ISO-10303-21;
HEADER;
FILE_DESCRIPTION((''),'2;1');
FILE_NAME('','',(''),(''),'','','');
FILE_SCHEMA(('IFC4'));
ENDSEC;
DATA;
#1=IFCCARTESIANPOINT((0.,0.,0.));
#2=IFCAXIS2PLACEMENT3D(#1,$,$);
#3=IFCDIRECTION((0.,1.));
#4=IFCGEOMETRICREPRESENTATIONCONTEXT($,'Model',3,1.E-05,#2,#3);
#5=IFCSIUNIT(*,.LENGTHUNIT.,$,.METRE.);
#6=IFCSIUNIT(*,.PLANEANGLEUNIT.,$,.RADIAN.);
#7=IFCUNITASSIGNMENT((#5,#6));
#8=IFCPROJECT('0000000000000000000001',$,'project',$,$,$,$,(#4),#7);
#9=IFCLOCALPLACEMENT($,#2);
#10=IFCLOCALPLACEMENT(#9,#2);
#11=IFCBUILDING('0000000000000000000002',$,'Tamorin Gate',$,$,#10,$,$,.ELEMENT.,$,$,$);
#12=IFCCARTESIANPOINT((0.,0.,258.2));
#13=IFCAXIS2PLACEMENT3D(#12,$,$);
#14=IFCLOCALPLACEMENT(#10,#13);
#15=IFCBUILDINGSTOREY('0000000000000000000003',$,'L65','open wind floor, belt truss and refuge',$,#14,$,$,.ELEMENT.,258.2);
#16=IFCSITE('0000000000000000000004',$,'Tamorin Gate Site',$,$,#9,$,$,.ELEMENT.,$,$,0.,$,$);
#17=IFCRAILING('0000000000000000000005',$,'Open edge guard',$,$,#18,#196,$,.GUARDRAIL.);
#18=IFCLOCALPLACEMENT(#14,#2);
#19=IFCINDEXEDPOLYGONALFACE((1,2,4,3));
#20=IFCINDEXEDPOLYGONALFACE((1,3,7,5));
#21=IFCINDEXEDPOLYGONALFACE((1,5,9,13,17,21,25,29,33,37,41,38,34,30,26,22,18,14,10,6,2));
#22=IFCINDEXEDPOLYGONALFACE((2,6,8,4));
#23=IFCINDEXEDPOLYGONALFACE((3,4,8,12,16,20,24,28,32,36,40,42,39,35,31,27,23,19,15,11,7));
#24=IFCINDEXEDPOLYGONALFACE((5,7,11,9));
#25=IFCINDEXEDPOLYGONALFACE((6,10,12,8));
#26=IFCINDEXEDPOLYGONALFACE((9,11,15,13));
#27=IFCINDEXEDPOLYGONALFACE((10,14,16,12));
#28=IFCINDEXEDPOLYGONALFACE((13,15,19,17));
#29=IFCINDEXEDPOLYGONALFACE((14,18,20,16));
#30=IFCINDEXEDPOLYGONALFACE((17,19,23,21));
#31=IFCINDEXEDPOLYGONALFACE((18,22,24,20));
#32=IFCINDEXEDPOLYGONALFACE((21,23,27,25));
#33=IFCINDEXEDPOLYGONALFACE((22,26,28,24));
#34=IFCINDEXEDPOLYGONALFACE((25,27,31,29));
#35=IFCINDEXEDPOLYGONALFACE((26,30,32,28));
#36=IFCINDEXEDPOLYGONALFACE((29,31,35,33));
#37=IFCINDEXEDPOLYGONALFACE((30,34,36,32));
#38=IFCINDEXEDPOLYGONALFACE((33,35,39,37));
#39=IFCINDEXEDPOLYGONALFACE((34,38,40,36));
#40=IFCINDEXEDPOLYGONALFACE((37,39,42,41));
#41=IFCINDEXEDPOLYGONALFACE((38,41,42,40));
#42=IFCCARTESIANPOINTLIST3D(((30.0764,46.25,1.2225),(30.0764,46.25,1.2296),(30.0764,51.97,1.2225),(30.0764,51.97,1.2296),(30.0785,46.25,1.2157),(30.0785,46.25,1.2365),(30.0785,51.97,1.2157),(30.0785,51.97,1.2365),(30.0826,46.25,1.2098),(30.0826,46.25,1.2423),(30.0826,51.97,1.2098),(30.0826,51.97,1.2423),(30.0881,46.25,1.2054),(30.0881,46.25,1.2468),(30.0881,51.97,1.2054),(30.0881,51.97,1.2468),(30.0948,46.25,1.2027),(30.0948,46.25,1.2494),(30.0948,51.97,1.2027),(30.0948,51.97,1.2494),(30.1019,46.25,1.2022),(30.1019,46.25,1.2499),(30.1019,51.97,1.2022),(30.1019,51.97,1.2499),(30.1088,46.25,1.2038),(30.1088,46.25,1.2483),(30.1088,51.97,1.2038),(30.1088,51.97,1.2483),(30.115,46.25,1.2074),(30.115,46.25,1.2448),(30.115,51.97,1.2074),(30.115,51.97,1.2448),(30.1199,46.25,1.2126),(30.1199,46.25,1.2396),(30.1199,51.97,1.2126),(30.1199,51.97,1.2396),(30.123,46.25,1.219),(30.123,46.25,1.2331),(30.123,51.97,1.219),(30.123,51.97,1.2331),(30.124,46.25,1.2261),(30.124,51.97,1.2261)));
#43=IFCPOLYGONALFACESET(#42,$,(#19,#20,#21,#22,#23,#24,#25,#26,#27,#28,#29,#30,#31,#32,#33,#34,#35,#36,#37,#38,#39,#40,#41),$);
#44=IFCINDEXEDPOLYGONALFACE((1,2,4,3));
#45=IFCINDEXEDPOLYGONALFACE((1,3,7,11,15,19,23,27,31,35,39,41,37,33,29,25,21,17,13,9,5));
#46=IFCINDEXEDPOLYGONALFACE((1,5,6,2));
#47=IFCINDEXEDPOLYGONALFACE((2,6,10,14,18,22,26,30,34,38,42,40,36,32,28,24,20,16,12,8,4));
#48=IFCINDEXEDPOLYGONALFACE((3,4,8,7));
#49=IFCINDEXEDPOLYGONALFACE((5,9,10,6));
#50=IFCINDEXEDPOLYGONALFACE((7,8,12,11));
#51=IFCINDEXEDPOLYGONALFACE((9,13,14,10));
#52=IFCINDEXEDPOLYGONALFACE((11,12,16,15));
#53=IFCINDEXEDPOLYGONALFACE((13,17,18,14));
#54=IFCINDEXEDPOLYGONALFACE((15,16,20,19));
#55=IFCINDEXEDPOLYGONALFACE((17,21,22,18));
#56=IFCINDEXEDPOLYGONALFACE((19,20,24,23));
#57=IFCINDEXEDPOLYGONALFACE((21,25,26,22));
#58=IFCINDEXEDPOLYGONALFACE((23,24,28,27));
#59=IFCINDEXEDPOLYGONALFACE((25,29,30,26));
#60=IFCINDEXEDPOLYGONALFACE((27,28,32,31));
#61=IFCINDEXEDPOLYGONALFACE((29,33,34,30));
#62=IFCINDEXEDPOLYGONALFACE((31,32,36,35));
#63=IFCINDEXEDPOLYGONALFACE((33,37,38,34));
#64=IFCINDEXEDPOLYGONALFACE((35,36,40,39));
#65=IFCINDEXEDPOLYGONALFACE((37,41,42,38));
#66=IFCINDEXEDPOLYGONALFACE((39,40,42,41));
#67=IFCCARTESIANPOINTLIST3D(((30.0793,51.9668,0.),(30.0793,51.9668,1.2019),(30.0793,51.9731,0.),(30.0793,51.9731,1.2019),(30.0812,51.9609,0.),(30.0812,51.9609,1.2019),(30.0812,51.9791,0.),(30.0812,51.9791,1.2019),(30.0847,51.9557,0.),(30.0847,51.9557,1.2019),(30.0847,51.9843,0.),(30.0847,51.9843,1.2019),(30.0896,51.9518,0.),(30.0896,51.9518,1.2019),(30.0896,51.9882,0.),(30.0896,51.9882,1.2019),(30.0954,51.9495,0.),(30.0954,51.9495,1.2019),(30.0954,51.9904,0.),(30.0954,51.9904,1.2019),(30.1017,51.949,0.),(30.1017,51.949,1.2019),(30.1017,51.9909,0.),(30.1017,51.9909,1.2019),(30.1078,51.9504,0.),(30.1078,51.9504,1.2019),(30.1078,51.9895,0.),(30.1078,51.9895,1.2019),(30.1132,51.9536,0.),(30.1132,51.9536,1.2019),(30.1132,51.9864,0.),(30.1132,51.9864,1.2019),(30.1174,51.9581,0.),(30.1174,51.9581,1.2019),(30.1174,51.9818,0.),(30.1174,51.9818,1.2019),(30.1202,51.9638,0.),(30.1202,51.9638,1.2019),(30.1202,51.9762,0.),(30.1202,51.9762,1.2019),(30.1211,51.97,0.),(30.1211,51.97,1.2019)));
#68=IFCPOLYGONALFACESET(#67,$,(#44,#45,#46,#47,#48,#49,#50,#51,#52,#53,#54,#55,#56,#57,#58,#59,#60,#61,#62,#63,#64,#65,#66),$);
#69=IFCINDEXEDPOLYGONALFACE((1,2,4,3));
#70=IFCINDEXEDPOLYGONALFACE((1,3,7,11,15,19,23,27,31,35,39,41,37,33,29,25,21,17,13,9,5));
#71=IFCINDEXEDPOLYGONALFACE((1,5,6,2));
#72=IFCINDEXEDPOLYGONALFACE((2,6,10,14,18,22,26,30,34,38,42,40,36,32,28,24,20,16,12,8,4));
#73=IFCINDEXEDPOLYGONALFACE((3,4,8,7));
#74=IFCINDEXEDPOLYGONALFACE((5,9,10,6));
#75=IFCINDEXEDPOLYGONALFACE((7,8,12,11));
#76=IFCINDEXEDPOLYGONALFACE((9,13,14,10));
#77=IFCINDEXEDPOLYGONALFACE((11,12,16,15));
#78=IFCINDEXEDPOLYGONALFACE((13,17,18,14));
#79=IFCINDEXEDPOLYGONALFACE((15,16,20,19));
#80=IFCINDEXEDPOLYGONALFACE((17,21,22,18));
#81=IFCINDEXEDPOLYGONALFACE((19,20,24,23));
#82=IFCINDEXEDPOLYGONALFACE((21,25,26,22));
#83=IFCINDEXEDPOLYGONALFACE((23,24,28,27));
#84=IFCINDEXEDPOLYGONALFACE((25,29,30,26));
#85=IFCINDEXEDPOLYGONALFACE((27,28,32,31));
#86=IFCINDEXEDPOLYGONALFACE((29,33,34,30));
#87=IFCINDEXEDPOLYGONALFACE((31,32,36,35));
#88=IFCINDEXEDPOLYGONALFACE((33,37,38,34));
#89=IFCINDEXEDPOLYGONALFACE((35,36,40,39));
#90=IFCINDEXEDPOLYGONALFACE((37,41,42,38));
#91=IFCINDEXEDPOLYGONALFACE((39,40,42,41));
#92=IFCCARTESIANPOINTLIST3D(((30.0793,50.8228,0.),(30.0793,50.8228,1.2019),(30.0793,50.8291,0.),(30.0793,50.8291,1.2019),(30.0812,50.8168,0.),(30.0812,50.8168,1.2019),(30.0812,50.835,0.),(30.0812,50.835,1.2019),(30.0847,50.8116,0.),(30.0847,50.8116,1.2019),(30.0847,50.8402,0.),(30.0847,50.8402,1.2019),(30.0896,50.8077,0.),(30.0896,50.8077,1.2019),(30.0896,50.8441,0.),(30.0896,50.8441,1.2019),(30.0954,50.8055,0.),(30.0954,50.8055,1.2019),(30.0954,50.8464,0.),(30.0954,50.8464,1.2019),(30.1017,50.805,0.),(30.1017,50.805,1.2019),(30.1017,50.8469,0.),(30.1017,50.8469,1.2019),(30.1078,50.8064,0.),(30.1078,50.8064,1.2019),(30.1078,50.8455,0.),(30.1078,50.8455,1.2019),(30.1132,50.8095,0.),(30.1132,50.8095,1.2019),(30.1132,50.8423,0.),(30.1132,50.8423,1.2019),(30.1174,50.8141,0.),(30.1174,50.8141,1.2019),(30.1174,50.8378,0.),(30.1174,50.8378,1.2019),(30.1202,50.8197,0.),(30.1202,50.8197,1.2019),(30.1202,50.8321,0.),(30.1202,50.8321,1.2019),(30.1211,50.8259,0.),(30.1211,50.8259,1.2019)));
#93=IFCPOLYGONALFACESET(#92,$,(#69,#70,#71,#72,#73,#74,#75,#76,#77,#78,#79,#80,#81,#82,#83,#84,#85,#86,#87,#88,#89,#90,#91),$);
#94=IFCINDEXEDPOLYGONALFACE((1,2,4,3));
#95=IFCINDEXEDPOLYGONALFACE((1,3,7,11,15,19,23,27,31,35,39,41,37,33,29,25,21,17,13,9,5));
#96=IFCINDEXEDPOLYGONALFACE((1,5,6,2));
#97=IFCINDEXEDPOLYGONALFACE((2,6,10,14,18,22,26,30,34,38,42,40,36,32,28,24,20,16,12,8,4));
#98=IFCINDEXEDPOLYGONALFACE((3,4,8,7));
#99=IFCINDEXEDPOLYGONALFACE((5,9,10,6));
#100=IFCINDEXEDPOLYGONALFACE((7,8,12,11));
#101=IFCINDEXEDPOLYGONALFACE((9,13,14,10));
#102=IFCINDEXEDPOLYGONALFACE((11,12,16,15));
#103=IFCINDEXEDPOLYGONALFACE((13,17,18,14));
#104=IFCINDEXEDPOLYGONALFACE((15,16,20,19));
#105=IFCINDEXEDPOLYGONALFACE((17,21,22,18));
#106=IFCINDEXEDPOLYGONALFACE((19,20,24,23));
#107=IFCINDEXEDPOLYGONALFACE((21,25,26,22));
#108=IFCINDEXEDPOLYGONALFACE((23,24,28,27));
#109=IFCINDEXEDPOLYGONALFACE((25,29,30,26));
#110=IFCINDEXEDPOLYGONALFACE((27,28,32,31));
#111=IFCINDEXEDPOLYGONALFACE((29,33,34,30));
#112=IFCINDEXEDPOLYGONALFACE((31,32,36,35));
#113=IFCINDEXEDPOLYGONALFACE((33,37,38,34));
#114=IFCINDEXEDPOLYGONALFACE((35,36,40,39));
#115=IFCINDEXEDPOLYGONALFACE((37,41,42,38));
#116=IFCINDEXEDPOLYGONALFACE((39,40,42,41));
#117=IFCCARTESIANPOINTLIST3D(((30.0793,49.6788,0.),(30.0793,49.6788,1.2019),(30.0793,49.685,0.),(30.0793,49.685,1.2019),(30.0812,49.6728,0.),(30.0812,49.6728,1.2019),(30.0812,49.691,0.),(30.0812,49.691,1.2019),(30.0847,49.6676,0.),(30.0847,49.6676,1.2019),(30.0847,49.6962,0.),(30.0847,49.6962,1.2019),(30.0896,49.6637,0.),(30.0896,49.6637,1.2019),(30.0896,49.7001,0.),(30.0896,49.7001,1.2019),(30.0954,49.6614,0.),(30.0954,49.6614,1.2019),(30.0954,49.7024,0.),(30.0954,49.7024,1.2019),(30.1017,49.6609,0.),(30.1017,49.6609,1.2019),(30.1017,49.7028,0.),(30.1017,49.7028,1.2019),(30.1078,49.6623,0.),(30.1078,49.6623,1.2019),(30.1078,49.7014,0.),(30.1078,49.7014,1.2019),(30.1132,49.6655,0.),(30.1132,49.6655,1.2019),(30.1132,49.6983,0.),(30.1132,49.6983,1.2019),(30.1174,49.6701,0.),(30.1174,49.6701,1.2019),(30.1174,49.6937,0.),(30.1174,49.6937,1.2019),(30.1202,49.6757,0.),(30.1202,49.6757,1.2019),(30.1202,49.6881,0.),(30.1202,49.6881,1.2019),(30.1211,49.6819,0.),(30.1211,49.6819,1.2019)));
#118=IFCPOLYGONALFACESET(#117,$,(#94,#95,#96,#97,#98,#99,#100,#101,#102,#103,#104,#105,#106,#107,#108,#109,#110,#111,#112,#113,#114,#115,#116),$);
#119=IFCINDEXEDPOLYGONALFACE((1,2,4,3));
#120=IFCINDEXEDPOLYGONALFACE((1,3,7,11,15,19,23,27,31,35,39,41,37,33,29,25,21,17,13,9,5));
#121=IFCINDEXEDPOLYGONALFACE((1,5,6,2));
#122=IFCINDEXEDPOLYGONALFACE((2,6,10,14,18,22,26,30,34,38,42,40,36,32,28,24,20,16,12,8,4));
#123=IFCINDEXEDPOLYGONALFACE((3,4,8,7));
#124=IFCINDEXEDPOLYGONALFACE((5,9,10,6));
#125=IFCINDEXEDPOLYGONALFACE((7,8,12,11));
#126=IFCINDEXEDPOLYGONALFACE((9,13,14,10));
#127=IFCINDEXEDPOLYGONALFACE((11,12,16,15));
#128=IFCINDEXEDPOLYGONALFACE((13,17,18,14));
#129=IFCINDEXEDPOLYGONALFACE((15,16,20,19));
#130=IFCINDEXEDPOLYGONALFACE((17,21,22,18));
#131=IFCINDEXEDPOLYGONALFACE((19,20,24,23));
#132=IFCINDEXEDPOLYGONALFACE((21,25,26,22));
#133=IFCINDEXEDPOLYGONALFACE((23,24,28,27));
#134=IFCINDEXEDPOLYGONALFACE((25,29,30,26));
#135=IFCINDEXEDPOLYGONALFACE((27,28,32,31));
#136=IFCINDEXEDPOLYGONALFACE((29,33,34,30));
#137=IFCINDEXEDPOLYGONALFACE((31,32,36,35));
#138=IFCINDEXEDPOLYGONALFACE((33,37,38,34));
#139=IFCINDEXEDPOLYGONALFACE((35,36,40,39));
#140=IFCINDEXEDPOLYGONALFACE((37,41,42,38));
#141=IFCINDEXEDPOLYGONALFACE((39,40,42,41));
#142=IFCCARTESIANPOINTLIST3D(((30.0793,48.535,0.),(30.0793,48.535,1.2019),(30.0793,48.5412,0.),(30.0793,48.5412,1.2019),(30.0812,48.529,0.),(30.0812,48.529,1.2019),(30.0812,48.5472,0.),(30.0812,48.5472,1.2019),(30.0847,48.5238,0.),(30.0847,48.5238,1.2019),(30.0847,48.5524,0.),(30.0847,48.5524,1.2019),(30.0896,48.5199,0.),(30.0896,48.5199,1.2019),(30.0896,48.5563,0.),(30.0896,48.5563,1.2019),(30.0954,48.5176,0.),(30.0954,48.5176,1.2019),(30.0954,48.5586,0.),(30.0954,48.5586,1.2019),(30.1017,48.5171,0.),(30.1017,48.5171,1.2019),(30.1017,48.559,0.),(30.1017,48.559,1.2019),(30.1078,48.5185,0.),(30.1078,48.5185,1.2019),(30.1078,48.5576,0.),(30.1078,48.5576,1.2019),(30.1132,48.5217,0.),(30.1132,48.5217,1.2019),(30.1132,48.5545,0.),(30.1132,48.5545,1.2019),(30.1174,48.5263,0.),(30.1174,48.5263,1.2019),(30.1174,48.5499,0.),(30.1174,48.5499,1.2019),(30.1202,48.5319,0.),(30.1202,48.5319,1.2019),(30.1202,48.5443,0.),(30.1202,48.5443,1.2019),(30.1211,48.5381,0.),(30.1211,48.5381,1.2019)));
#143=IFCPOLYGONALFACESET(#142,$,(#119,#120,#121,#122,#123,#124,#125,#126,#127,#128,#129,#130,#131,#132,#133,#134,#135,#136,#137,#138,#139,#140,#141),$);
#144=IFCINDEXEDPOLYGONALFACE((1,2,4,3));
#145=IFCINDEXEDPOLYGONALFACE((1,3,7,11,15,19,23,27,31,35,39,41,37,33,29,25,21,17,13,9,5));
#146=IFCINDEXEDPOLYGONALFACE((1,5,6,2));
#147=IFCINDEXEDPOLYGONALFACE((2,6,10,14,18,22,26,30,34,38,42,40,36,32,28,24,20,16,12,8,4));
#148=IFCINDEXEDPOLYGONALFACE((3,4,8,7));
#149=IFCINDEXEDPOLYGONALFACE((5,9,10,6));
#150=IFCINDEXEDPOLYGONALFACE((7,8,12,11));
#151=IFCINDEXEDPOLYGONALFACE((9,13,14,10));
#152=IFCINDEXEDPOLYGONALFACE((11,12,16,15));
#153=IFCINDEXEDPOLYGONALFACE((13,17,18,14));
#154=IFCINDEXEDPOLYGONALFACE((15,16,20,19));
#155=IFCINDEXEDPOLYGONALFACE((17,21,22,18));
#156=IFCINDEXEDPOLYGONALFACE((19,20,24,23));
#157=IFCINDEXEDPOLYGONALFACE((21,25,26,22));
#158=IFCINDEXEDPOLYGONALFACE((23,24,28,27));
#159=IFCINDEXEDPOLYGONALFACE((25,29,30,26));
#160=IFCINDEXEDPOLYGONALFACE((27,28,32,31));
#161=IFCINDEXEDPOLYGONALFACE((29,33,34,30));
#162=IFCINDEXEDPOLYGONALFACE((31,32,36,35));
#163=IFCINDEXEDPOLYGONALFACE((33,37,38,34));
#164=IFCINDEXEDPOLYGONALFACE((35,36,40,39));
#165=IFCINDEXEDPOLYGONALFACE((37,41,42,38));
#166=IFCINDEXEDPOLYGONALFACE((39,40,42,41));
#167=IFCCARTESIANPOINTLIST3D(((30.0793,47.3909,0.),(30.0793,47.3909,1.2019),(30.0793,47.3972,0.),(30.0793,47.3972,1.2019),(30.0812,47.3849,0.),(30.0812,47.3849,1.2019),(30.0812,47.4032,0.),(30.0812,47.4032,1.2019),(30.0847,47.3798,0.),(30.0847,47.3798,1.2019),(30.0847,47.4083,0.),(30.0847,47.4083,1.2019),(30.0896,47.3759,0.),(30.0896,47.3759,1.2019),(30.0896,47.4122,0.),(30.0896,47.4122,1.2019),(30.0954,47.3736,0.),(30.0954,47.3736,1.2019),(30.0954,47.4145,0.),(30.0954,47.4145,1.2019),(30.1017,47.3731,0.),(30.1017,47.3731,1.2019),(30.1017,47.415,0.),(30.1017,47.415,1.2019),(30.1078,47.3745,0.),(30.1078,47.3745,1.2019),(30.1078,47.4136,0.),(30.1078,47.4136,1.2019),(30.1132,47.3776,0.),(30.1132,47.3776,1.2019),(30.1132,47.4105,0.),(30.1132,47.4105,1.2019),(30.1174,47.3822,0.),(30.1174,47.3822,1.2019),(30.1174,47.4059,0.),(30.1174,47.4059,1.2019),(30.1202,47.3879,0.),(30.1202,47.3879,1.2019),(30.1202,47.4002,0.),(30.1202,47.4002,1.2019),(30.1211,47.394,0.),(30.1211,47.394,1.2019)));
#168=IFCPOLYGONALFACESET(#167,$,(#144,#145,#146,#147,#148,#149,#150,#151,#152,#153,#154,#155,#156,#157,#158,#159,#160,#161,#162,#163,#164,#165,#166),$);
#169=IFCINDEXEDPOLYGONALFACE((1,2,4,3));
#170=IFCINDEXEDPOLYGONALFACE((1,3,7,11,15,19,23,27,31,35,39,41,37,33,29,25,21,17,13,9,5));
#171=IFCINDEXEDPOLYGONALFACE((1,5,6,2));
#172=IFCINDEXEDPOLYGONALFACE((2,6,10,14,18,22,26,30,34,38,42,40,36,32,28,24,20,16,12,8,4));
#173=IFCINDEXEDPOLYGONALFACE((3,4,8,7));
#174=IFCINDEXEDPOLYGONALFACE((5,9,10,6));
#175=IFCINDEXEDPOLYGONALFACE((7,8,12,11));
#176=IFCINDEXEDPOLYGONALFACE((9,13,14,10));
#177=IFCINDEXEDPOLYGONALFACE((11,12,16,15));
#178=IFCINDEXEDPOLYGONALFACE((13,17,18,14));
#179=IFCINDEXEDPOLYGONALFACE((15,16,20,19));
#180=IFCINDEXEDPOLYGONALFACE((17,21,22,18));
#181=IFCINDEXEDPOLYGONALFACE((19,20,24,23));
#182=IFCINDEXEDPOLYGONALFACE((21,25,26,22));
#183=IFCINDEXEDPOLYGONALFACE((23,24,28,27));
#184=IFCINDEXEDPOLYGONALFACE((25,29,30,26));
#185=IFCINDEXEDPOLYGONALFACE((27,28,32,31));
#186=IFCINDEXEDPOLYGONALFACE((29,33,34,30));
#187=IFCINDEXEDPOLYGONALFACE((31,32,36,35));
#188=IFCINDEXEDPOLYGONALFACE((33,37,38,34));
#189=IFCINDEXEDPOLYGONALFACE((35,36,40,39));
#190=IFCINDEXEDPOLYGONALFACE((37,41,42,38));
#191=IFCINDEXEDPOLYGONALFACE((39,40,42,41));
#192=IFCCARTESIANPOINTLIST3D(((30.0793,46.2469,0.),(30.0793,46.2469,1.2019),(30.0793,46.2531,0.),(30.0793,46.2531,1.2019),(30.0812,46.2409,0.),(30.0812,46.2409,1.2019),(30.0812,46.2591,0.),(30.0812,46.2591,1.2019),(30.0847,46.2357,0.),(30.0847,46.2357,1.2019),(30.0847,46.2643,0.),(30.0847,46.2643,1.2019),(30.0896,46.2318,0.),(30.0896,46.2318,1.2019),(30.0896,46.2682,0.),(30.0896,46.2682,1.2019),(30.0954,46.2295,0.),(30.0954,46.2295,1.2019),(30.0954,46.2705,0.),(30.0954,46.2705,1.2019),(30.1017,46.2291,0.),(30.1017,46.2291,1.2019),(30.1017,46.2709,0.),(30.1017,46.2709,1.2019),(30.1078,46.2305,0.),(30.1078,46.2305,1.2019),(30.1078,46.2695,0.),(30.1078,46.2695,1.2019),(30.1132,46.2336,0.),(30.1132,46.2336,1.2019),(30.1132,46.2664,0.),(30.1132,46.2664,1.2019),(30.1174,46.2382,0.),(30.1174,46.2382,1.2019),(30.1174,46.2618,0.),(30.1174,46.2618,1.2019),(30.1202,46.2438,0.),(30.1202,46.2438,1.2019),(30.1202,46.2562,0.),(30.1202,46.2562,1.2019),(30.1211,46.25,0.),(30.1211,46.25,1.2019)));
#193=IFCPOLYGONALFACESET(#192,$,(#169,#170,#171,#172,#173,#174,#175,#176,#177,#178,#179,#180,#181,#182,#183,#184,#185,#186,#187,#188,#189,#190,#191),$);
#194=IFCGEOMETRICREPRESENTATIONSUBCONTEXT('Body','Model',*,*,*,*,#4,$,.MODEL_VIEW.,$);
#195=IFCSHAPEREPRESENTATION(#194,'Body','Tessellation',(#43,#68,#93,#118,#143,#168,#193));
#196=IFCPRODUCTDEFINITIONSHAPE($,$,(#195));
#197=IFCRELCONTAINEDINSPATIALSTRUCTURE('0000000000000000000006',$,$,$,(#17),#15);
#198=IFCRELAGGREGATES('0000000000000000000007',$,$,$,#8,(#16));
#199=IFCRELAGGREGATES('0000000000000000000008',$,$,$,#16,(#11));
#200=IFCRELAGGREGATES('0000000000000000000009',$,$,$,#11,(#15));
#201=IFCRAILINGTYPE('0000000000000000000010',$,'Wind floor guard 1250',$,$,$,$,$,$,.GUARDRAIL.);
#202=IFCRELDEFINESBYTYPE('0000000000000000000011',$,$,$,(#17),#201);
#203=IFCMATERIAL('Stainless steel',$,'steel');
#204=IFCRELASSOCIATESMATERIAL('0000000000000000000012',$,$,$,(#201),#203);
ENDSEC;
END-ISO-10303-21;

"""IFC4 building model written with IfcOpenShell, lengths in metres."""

from ifc_helpers import new_model, si_unit, direction, frame, origin, origin_2d, place, context, subcontext, project, spatial, circle, extrude, material, type_object, element, save


model = new_model("IFC4")

# Units and contexts
model_context = context("Model", 3, precision=1e-05, world=origin(), true_north=direction((0.0, 1.0)))
body_context = subcontext(model_context, "Body", "Model", "MODEL_VIEW")
ifc_project = project(units=[si_unit("LENGTHUNIT", "METRE"), si_unit("PLANEANGLEUNIT", "RADIAN")], contexts=[model_context])

# Site, building, storey
site_placement = place(None, origin())
site = spatial("IfcSite", under=ifc_project, at=site_placement, Name="Tamorin Gate Site", CompositionType="ELEMENT", RefElevation=0.0)
building_placement = place(site_placement, origin())
building = spatial("IfcBuilding", under=site, at=building_placement, Name="Tamorin Gate", CompositionType="ELEMENT")
storey_placement = place(building_placement, frame((0.0, 0.0, 258.2)))
storey = spatial("IfcBuildingStorey", under=building, at=storey_placement, Name="L65", Description="open wind floor, belt truss and refuge", CompositionType="ELEMENT", Elevation=258.2)

# Railing
ifc_material_1 = material(Name="Stainless steel", Category="steel")
railing_type = type_object("IfcRailingType", Name="Wind floor guard 1250", PredefinedType="GUARDRAIL", material=ifc_material_1)
railing_1_placement = place(storey_placement, frame((30.1001, 51.97, 0.0)))
element("IfcRailing", 1, at=railing_1_placement, inside=storey, type_object=railing_type, Name="Open edge guard", PredefinedType="GUARDRAIL", context=body_context, shape_type="SweptSolid", body=[
    extrude(circle(Radius=0.0239, at=origin_2d()), frame((0.0, 0.0, 1.2261), z_axis=(0.0, -1.0, 0.0), x_axis=(1.0, 0.0, 0.0)), (0.0, 0.0, 1.0), 5.72),
    extrude(circle(Radius=0.021, at=origin_2d()), origin(), (0.0, 0.0, 1.0), 1.2019),
    extrude(circle(Radius=0.021, at=origin_2d()), frame((0.0, -1.144, 0.0)), (0.0, 0.0, 1.0), 1.2019),
    extrude(circle(Radius=0.021, at=origin_2d()), frame((0.0, -2.2881, 0.0)), (0.0, 0.0, 1.0), 1.2019),
    extrude(circle(Radius=0.021, at=origin_2d()), frame((0.0, -3.4319, 0.0)), (0.0, 0.0, 1.0), 1.2019),
    extrude(circle(Radius=0.021, at=origin_2d()), frame((0.0, -4.5759, 0.0)), (0.0, 0.0, 1.0), 1.2019),
    extrude(circle(Radius=0.021, at=origin_2d()), frame((0.0, -5.72, 0.0)), (0.0, 0.0, 1.0), 1.2019),
])

save(model, "model.ifc")
